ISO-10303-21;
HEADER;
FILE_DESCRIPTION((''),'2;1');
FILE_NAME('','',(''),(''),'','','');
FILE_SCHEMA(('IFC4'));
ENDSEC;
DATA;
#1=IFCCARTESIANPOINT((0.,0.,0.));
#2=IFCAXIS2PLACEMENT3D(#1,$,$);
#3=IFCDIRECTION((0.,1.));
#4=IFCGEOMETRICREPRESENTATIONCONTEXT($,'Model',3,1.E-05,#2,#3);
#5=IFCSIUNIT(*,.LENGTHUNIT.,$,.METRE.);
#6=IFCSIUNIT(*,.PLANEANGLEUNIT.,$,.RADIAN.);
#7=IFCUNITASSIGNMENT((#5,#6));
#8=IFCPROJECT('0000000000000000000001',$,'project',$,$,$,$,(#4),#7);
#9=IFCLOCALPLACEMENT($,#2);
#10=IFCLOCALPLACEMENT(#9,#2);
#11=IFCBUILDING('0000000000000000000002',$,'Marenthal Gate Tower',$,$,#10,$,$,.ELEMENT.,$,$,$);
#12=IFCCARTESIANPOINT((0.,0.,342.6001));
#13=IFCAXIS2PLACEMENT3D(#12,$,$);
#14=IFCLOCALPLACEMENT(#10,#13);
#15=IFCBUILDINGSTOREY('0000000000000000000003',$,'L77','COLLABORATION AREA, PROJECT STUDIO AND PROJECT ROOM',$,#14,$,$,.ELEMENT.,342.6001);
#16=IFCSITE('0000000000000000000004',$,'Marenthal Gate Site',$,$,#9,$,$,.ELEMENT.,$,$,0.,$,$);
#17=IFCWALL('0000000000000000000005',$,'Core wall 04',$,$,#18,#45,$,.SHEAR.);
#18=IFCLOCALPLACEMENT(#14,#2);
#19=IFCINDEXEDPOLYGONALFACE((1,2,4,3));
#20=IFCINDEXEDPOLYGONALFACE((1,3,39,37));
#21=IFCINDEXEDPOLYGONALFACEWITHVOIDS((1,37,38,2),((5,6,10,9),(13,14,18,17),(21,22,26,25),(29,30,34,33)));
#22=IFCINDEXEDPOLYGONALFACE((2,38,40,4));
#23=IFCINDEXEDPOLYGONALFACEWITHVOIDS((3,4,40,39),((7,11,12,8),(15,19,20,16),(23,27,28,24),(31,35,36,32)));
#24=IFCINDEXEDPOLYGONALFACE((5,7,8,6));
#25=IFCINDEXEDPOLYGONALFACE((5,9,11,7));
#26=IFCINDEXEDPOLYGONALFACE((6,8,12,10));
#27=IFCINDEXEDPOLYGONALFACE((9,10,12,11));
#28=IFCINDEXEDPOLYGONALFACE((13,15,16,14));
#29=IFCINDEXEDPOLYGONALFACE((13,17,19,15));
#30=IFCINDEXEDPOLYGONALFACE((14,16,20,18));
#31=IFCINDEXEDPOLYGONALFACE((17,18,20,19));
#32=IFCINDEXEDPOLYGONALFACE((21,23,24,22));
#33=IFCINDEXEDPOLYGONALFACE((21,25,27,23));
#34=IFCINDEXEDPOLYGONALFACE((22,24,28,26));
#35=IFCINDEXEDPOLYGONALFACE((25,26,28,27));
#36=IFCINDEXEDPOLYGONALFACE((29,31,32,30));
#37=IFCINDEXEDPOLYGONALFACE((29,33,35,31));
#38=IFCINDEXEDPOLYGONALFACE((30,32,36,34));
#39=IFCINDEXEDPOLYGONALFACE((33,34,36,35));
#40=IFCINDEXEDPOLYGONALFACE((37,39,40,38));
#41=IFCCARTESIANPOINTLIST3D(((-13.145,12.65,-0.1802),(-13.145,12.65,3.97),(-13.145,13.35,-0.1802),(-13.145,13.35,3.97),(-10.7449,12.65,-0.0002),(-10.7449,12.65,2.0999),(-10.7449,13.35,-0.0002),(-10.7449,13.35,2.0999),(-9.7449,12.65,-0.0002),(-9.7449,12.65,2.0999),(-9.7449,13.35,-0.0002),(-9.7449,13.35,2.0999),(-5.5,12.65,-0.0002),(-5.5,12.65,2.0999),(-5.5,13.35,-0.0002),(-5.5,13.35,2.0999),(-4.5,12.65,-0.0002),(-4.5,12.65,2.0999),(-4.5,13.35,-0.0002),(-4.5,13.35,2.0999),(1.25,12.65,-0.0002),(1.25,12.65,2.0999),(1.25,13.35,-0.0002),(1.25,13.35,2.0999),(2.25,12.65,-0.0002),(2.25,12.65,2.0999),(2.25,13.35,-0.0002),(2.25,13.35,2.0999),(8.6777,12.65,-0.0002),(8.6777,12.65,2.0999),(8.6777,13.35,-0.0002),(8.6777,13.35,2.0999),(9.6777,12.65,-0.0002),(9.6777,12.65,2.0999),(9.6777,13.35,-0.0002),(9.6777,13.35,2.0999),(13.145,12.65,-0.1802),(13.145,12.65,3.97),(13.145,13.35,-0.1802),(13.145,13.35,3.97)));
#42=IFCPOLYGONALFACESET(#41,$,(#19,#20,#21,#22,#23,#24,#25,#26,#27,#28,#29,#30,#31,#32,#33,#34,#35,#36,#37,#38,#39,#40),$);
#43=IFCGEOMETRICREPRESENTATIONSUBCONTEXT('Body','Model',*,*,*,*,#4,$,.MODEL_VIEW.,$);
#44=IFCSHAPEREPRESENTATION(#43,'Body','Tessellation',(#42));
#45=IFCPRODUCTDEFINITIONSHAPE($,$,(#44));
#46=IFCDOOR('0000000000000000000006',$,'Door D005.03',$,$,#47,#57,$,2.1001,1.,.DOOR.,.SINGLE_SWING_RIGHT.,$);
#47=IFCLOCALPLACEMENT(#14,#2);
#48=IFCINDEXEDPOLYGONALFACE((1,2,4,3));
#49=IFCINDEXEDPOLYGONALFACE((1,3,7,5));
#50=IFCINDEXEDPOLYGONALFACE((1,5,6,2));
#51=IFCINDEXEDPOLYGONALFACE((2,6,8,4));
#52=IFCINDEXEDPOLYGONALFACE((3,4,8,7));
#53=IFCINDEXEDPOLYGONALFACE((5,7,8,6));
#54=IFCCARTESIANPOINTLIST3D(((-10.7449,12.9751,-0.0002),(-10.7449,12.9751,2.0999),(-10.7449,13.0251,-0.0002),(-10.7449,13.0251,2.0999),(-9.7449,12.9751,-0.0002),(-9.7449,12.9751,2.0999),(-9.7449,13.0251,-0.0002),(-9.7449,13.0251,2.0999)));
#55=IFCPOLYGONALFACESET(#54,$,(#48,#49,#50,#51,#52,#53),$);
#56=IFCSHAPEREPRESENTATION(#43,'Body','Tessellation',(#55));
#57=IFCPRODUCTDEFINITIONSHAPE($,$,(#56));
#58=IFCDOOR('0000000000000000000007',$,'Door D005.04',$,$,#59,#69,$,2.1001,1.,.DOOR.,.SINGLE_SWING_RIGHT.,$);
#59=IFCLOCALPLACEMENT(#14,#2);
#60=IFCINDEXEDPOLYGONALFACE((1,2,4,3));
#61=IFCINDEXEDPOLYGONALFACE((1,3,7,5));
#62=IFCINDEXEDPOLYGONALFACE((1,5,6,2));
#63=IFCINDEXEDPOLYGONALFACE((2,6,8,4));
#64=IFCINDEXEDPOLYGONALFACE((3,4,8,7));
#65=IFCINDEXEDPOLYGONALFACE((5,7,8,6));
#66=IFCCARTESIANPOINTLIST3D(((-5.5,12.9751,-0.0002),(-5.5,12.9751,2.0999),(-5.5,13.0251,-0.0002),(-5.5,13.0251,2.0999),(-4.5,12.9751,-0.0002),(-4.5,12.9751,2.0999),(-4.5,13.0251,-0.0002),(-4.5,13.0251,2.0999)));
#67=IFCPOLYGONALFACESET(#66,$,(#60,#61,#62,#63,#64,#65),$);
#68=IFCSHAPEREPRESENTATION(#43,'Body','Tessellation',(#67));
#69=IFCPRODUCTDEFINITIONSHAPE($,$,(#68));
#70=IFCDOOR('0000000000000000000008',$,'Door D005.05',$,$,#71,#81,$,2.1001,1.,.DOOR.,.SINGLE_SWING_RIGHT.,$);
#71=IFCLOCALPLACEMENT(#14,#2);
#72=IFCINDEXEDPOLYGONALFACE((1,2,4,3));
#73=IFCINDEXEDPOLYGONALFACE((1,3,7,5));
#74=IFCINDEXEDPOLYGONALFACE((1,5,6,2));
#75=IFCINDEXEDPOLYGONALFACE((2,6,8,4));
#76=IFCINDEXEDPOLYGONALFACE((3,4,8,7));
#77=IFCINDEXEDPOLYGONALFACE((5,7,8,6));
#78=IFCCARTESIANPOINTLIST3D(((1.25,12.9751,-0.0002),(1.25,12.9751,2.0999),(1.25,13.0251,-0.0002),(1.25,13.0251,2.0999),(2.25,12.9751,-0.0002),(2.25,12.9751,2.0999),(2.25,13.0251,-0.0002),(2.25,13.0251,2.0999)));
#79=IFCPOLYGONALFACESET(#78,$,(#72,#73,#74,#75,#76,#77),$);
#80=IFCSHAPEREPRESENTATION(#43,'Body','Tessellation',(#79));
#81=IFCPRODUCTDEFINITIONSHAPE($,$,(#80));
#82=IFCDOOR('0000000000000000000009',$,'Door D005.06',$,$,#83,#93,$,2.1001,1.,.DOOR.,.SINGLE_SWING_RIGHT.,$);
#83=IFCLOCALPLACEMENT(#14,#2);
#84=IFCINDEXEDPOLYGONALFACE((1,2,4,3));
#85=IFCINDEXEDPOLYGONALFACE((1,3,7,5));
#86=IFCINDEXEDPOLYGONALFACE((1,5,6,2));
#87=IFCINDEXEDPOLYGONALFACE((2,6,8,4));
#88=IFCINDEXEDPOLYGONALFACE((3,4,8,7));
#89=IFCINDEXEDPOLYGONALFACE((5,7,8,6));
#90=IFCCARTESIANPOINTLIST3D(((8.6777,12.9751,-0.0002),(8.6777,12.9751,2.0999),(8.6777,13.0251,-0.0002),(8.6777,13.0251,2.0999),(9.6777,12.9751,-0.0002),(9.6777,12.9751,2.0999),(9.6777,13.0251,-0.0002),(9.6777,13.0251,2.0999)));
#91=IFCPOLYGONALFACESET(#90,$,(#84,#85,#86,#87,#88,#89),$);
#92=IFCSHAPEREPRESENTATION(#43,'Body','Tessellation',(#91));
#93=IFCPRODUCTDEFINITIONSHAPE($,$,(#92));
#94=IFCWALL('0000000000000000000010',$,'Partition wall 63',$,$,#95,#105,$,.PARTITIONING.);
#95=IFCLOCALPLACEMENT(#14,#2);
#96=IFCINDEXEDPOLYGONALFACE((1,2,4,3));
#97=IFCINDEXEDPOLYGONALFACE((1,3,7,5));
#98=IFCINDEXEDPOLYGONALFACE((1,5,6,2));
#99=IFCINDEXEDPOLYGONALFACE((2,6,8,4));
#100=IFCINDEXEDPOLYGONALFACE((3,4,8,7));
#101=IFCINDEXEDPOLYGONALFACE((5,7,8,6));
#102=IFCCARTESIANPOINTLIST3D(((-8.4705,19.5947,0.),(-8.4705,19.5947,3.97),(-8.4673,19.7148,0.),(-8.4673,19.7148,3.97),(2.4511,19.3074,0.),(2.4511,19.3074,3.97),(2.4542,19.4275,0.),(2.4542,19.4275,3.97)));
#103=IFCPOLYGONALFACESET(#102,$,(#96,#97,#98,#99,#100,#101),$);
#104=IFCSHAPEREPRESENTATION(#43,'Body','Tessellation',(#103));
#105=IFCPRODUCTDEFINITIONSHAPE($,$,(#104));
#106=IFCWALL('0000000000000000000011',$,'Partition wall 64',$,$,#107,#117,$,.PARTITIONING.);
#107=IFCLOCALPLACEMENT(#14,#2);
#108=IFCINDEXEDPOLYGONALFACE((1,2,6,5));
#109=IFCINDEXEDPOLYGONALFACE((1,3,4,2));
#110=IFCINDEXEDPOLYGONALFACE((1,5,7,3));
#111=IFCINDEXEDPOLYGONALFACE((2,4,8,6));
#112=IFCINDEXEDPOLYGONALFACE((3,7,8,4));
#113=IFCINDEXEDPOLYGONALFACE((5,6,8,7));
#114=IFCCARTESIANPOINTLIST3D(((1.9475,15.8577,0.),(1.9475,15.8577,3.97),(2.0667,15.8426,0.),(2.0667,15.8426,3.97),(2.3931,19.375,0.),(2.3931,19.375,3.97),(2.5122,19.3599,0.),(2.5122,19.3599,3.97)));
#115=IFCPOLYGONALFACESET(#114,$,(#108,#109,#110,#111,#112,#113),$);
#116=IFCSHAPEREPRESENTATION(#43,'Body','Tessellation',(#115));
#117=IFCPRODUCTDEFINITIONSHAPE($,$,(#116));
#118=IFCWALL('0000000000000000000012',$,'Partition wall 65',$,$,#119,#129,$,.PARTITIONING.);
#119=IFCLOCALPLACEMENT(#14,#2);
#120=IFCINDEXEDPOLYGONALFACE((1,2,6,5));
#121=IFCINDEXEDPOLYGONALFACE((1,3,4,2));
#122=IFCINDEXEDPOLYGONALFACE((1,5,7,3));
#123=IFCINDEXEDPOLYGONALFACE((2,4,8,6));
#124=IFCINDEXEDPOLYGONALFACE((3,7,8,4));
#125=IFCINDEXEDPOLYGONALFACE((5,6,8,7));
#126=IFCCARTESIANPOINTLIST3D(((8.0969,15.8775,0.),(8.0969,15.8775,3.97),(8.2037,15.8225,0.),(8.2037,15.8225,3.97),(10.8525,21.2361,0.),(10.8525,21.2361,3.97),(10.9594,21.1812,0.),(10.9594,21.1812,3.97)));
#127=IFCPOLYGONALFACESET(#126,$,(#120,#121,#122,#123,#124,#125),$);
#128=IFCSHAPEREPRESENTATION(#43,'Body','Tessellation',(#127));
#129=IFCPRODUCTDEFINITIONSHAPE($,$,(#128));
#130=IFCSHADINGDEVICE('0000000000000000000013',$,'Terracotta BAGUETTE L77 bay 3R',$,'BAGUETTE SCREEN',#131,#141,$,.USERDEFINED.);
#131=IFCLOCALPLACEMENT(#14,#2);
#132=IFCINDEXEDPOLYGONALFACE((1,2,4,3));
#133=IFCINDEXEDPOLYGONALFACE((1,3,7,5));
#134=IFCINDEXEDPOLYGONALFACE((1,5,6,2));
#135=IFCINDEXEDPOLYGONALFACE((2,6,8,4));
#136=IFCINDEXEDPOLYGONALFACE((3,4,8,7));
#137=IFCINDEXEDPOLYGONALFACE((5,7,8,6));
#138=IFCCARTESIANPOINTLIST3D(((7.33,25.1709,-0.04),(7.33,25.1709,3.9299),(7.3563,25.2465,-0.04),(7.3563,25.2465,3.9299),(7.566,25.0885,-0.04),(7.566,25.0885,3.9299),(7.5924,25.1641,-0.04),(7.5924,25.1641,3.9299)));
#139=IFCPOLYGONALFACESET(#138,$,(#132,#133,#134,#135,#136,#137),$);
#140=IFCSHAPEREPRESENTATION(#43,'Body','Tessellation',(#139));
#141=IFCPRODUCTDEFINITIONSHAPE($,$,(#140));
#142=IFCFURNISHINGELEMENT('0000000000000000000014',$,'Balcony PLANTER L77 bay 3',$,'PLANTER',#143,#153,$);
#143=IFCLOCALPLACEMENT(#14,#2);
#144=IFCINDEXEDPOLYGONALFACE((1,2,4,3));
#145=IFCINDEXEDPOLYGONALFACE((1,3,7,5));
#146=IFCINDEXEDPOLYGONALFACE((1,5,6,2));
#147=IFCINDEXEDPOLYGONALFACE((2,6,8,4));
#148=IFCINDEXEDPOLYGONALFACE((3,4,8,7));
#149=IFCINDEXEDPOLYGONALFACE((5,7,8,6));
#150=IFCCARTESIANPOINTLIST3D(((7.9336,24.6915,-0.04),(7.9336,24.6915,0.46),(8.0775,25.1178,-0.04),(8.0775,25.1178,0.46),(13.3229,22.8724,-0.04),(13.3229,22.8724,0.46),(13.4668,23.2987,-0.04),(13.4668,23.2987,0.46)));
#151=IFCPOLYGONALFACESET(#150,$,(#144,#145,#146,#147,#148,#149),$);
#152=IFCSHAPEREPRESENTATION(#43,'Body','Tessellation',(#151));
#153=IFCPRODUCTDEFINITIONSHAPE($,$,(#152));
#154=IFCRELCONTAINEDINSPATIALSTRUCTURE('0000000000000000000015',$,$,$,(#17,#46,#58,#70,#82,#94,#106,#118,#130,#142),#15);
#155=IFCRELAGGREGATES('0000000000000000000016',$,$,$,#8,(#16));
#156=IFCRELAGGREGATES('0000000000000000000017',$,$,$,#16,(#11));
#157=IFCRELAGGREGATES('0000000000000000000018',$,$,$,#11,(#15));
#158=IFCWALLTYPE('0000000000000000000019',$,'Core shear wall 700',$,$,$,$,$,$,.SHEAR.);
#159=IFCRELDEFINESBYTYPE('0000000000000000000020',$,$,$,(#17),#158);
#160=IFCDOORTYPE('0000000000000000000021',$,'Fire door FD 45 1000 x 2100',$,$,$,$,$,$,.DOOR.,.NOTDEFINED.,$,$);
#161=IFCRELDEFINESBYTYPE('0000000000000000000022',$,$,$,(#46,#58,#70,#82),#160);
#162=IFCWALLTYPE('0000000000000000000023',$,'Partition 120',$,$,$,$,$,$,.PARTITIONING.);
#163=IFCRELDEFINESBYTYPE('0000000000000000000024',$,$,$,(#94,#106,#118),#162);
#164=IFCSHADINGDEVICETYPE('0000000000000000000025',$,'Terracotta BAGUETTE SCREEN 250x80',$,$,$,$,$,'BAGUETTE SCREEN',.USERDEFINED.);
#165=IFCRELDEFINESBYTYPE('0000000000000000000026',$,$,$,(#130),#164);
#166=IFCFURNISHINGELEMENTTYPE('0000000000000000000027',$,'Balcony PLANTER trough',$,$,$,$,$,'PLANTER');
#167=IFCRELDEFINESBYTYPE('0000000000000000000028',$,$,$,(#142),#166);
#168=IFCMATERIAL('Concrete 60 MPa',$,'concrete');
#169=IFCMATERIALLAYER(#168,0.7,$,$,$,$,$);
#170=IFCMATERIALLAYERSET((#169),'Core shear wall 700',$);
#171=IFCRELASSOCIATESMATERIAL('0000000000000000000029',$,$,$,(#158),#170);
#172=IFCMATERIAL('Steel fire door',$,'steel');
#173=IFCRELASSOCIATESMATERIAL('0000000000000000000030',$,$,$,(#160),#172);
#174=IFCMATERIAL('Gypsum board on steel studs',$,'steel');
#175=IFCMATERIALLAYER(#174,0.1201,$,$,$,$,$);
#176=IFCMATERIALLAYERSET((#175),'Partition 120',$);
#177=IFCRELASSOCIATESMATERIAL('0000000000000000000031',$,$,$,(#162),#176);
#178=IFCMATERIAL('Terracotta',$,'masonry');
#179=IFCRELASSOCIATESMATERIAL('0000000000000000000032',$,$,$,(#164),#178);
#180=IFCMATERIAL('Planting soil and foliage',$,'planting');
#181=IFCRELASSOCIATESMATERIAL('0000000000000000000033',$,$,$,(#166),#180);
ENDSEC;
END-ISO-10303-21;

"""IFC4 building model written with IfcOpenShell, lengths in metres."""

from ifc_helpers import new_model, si_unit, direction, frame, frame_2d, origin, origin_2d, place, context, subcontext, project, spatial, rectangle, extrude, material, layer, layer_set, material_profile, profile_set, type_object, element, fill, save


model = new_model("IFC4")

# Units and contexts
model_context = context("Model", 3, precision=1e-05, world=origin(), true_north=direction((0.0, 1.0)))
body_context = subcontext(model_context, "Body", "Model", "MODEL_VIEW")
ifc_project = project(units=[si_unit("LENGTHUNIT", "METRE"), si_unit("PLANEANGLEUNIT", "RADIAN")], contexts=[model_context])

# Site, building, storey
site_placement = place(None, origin())
site = spatial("IfcSite", under=ifc_project, at=site_placement, Name="Marenthal Gate Site", CompositionType="ELEMENT", RefElevation=0.0)
building_placement = place(site_placement, origin())
building = spatial("IfcBuilding", under=site, at=building_placement, Name="Marenthal Gate Tower", CompositionType="ELEMENT")
storey_placement = place(building_placement, frame((0.0, 0.0, 342.6001)))
storey = spatial("IfcBuildingStorey", under=building, at=storey_placement, Name="L77", Description="COLLABORATION AREA, PROJECT STUDIO AND PROJECT ROOM", CompositionType="ELEMENT", Elevation=342.6001)

# Wall, openings, doors
ifc_material_1 = material(Name="Concrete 60 MPa", Category="concrete")
ifc_layer_1 = layer(ifc_material_1, 0.7)
ifc_layer_set_1 = layer_set([ifc_layer_1], Name="Core shear wall 700")
wall_type_1 = type_object("IfcWallType", Name="Core shear wall 700", PredefinedType="SHEAR", material=ifc_layer_set_1)
wall_1_placement = place(storey_placement, frame((13.145, 13.0, -0.1802), z_axis=(0.0, 0.0, 1.0), x_axis=(-1.0, 0.0, 0.0)))
wall_1 = element("IfcWall", 1, at=wall_1_placement, inside=storey, type_object=wall_type_1, Name="Core wall 04", PredefinedType="SHEAR", context=body_context, shape_type="SweptSolid", body=[
    extrude(rectangle(XDim=26.29, YDim=0.7, at=frame_2d((13.145, 0.0))), origin(), (0.0, 0.0, 1.0), 4.1501),
])
opening_1_placement = place(wall_1_placement, frame((22.8899, 0.0, 0.1799)))
opening_1 = element("IfcOpeningElement", 2, at=opening_1_placement, cuts=wall_1, PredefinedType="OPENING", context=body_context, shape_type="SweptSolid", body=[
    extrude(rectangle(XDim=1.0, YDim=2.1001, at=frame_2d((0.5, 1.05))), frame((0.0, 0.3599, 0.0), z_axis=(0.0, -1.0, 0.0), x_axis=(1.0, 0.0, 0.0)), (0.0, 0.0, 1.0), 0.72),
])
opening_2_placement = place(wall_1_placement, frame((17.645, 0.0, 0.1799)))
opening_2 = element("IfcOpeningElement", 3, at=opening_2_placement, cuts=wall_1, PredefinedType="OPENING", context=body_context, shape_type="SweptSolid", body=[
    extrude(rectangle(XDim=1.0, YDim=2.1001, at=frame_2d((0.5, 1.05))), frame((0.0, 0.3599, 0.0), z_axis=(0.0, -1.0, 0.0), x_axis=(1.0, 0.0, 0.0)), (0.0, 0.0, 1.0), 0.72),
])
opening_3_placement = place(wall_1_placement, frame((10.895, 0.0, 0.1799)))
opening_3 = element("IfcOpeningElement", 4, at=opening_3_placement, cuts=wall_1, PredefinedType="OPENING", context=body_context, shape_type="SweptSolid", body=[
    extrude(rectangle(XDim=1.0, YDim=2.1001, at=frame_2d((0.5, 1.05))), frame((0.0, 0.3599, 0.0), z_axis=(0.0, -1.0, 0.0), x_axis=(1.0, 0.0, 0.0)), (0.0, 0.0, 1.0), 0.72),
])
opening_4_placement = place(wall_1_placement, frame((3.4673, 0.0, 0.1799)))
opening_4 = element("IfcOpeningElement", 5, at=opening_4_placement, cuts=wall_1, PredefinedType="OPENING", context=body_context, shape_type="SweptSolid", body=[
    extrude(rectangle(XDim=1.0, YDim=2.1001, at=frame_2d((0.5, 1.05))), frame((0.0, 0.3599, 0.0), z_axis=(0.0, -1.0, 0.0), x_axis=(1.0, 0.0, 0.0)), (0.0, 0.0, 1.0), 0.72),
])
ifc_material_2 = material(Name="Steel fire door", Category="steel")
door_type = type_object("IfcDoorType", Name="Fire door FD 45 1000 x 2100", OperationType="NOTDEFINED", PredefinedType="DOOR", material=ifc_material_2)
door_1_placement = place(opening_1_placement, origin())
door_1 = element("IfcDoor", 6, at=door_1_placement, inside=storey, type_object=door_type, Name="Door D005.03", OperationType="SINGLE_SWING_RIGHT", OverallHeight=2.1001, OverallWidth=1.0, PredefinedType="DOOR", context=body_context, shape_type="SweptSolid", body=[
    extrude(rectangle(XDim=1.0, YDim=2.1001, at=frame_2d((0.5, 1.05))), frame((0.0, 0.0249, 0.0), z_axis=(0.0, -1.0, 0.0), x_axis=(1.0, 0.0, 0.0)), (0.0, 0.0, 1.0), 0.05),
])
fill(opening_1, door_1)
door_2_placement = place(opening_2_placement, origin())
door_2 = element("IfcDoor", 7, at=door_2_placement, inside=storey, type_object=door_type, Name="Door D005.04", OperationType="SINGLE_SWING_RIGHT", OverallHeight=2.1001, OverallWidth=1.0, PredefinedType="DOOR", context=body_context, shape_type="SweptSolid", body=[
    extrude(rectangle(XDim=1.0, YDim=2.1001, at=frame_2d((0.5, 1.05))), frame((0.0, 0.0249, 0.0), z_axis=(0.0, -1.0, 0.0), x_axis=(1.0, 0.0, 0.0)), (0.0, 0.0, 1.0), 0.05),
])
fill(opening_2, door_2)
door_3_placement = place(opening_3_placement, origin())
door_3 = element("IfcDoor", 8, at=door_3_placement, inside=storey, type_object=door_type, Name="Door D005.05", OperationType="SINGLE_SWING_RIGHT", OverallHeight=2.1001, OverallWidth=1.0, PredefinedType="DOOR", context=body_context, shape_type="SweptSolid", body=[
    extrude(rectangle(XDim=1.0, YDim=2.1001, at=frame_2d((0.5, 1.05))), frame((0.0, 0.0249, 0.0), z_axis=(0.0, -1.0, 0.0), x_axis=(1.0, 0.0, 0.0)), (0.0, 0.0, 1.0), 0.05),
])
fill(opening_3, door_3)
door_4_placement = place(opening_4_placement, origin())
door_4 = element("IfcDoor", 9, at=door_4_placement, inside=storey, type_object=door_type, Name="Door D005.06", OperationType="SINGLE_SWING_RIGHT", OverallHeight=2.1001, OverallWidth=1.0, PredefinedType="DOOR", context=body_context, shape_type="SweptSolid", body=[
    extrude(rectangle(XDim=1.0, YDim=2.1001, at=frame_2d((0.5, 1.05))), frame((0.0, 0.0249, 0.0), z_axis=(0.0, -1.0, 0.0), x_axis=(1.0, 0.0, 0.0)), (0.0, 0.0, 1.0), 0.05),
])
fill(opening_4, door_4)

# Walls
ifc_material_3 = material(Name="Gypsum board on steel studs", Category="steel")
ifc_layer_2 = layer(ifc_material_3, 0.1201)
ifc_layer_set_2 = layer_set([ifc_layer_2], Name="Partition 120")
wall_type_2 = type_object("IfcWallType", Name="Partition 120", PredefinedType="PARTITIONING", material=ifc_layer_set_2)
wall_2_placement = place(storey_placement, frame((2.4526, 19.3674, 0.0), z_axis=(0.0, 0.0, 1.0), x_axis=(-0.999654, 0.026301, 0.0)))
element("IfcWall", 10, at=wall_2_placement, inside=storey, type_object=wall_type_2, Name="Partition wall 63", PredefinedType="PARTITIONING", context=body_context, shape_type="SweptSolid", body=[
    extrude(rectangle(XDim=10.9253, YDim=0.1201, at=frame_2d((5.4626, 0.0))), origin(), (0.0, 0.0, 1.0), 3.97),
])
wall_3_placement = place(storey_placement, frame((2.4526, 19.3674, 0.0), z_axis=(0.0, 0.0, 1.0), x_axis=(-0.12567, -0.992072, 0.0)))
element("IfcWall", 11, at=wall_3_placement, inside=storey, type_object=wall_type_2, Name="Partition wall 64", PredefinedType="PARTITIONING", context=body_context, shape_type="SweptSolid", body=[
    extrude(rectangle(XDim=3.5454, YDim=0.1201, at=frame_2d((1.7727, 0.0))), origin(), (0.0, 0.0, 1.0), 3.97),
])
wall_4_placement = place(storey_placement, frame((8.1504, 15.8501, 0.0), z_axis=(0.0, 0.0, 1.0), x_axis=(0.457314, 0.889305, 0.0)))
element("IfcWall", 12, at=wall_4_placement, inside=storey, type_object=wall_type_2, Name="Partition wall 65", PredefinedType="PARTITIONING", context=body_context, shape_type="SweptSolid", body=[
    extrude(rectangle(XDim=6.0256, YDim=0.1201, at=frame_2d((3.0127, 0.0))), origin(), (0.0, 0.0, 1.0), 3.97),
])

# Shading device
ifc_material_4 = material(Name="Terracotta", Category="masonry")
ifc_material_profile_1 = material_profile(ifc_material_4, rectangle(XDim=0.25, YDim=0.0801, at=origin_2d()), Name="Terracotta baguette 250x80")
ifc_profile_set_1 = profile_set([ifc_material_profile_1], Name="Terracotta")
shading_device_type = type_object("IfcShadingDeviceType", Name="Terracotta BAGUETTE SCREEN 250x80", ElementType="BAGUETTE SCREEN", PredefinedType="USERDEFINED", material=ifc_profile_set_1)
shading_device_placement = place(storey_placement, frame((7.4612, 25.1675, -0.04), z_axis=(0.0, 0.0, 1.0), x_axis=(-0.944186, 0.329413, 0.0)))
element("IfcShadingDevice", 13, at=shading_device_placement, inside=storey, type_object=shading_device_type, Name="Terracotta BAGUETTE L77 bay 3R", ObjectType="BAGUETTE SCREEN", PredefinedType="USERDEFINED", context=body_context, shape_type="SweptSolid", body=[
    extrude(rectangle(XDim=0.25, YDim=0.0801, at=origin_2d()), origin(), (0.0, 0.0, 1.0), 3.97),
])

# Furnishing element
ifc_material_5 = material(Name="Planting soil and foliage", Category="planting")
furnishing_element_type = type_object("IfcFurnishingElementType", Name="Balcony PLANTER trough", ElementType="PLANTER", material=ifc_material_5)
furnishing_placement = place(storey_placement, frame((10.7002, 23.9951, -0.04), z_axis=(0.0, 0.0, 1.0), x_axis=(-0.947479, 0.319818, 0.0)))
element("IfcFurnishingElement", 14, at=furnishing_placement, inside=storey, type_object=furnishing_element_type, Name="Balcony PLANTER L77 bay 3", ObjectType="PLANTER", context=body_context, shape_type="SweptSolid", body=[
    extrude(rectangle(XDim=5.688, YDim=0.45, at=origin_2d()), origin(), (0.0, 0.0, 1.0), 0.5),
])

save(model, "model.ifc")
